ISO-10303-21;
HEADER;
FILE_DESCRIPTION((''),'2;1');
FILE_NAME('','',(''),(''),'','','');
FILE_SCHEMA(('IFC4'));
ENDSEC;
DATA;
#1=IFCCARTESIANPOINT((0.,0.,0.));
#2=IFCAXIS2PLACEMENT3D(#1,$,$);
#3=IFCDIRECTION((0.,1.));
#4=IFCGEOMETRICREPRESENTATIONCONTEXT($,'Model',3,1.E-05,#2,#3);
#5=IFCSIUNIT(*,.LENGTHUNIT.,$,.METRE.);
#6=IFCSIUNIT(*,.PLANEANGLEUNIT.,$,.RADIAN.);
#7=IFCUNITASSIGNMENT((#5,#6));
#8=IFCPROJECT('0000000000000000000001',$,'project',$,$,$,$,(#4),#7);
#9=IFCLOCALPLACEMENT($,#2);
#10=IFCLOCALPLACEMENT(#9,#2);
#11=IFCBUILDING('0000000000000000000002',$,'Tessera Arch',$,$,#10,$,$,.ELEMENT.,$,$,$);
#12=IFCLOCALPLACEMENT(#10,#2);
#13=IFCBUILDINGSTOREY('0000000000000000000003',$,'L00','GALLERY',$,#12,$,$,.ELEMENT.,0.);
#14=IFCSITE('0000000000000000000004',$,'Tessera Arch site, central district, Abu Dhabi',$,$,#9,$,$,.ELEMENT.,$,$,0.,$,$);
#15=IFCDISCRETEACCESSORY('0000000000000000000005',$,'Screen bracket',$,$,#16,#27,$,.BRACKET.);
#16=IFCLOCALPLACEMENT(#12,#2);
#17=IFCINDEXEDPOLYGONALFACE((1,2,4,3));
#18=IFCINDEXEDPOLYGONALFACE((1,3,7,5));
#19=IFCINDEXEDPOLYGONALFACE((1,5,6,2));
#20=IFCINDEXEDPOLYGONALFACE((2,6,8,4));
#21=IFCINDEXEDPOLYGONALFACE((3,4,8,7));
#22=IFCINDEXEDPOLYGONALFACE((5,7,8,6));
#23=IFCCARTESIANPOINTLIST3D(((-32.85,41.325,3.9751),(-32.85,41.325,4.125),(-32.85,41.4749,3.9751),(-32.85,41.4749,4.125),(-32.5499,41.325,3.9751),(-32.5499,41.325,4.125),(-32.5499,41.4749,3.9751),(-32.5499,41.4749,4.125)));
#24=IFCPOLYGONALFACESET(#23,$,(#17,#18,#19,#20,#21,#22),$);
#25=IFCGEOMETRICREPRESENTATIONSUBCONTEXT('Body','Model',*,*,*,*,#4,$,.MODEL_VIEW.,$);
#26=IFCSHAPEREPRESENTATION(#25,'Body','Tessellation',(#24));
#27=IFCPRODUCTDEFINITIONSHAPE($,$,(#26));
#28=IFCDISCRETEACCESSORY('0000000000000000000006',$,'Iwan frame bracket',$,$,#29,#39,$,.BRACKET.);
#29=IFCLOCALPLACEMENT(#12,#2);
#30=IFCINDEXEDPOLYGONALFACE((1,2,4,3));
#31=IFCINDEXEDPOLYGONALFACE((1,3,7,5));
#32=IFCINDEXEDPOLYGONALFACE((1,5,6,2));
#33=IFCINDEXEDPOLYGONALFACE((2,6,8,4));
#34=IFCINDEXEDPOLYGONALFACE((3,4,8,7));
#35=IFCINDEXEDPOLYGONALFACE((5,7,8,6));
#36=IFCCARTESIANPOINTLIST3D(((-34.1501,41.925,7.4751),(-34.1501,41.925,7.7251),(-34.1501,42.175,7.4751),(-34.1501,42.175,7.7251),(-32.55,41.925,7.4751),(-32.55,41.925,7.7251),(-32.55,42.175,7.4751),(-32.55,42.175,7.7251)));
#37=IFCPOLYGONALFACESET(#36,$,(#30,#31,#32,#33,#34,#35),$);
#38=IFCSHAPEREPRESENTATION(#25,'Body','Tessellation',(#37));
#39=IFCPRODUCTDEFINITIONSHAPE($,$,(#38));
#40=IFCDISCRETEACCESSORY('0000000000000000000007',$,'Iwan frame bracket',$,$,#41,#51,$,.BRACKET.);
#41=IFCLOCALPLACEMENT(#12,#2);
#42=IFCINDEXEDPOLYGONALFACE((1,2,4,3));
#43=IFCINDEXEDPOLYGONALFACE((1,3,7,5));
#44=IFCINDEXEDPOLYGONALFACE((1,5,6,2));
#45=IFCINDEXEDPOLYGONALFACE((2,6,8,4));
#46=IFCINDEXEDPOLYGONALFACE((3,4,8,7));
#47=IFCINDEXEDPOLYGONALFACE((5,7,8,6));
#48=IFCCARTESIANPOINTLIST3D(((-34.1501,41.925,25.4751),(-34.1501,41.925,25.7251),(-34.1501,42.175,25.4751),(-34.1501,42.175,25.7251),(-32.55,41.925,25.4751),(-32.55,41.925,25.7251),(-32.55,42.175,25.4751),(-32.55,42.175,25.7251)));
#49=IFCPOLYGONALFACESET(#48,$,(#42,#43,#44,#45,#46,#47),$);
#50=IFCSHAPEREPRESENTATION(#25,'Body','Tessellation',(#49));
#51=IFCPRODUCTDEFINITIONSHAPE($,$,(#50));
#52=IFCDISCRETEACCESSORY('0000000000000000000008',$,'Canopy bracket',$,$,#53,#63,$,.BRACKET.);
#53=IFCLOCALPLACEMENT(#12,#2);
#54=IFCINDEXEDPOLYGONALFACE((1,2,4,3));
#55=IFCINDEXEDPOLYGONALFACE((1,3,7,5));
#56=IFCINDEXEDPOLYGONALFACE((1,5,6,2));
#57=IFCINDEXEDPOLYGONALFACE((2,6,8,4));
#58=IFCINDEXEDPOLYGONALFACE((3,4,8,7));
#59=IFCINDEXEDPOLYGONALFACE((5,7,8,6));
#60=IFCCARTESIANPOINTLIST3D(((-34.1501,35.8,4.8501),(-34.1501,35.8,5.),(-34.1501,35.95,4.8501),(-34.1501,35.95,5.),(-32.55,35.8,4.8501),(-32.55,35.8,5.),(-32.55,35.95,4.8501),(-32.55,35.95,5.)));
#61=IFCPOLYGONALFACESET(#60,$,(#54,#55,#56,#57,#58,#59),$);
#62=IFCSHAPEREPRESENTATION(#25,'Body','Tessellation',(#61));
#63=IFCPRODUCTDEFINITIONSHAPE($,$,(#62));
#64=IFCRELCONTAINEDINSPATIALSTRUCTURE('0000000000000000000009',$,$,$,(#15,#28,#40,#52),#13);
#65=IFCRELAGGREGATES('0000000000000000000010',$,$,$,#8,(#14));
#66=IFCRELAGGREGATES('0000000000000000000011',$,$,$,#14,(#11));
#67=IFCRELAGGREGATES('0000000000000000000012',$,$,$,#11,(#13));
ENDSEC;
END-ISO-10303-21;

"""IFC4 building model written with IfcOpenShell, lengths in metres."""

from ifc_helpers import new_model, si_unit, direction, frame, origin, origin_2d, place, context, subcontext, project, spatial, rectangle, extrude, element, save


model = new_model("IFC4")

# Units and contexts
model_context = context("Model", 3, precision=1e-05, world=origin(), true_north=direction((0.0, 1.0)))
body_context = subcontext(model_context, "Body", "Model", "MODEL_VIEW")
ifc_project = project(units=[si_unit("LENGTHUNIT", "METRE"), si_unit("PLANEANGLEUNIT", "RADIAN")], contexts=[model_context])

# Site, building, storey
site_placement = place(None, origin())
site = spatial("IfcSite", under=ifc_project, at=site_placement, Name="Tessera Arch site, central district, Abu Dhabi", CompositionType="ELEMENT", RefElevation=0.0)
building_placement = place(site_placement, origin())
building = spatial("IfcBuilding", under=site, at=building_placement, Name="Tessera Arch", CompositionType="ELEMENT")
storey_placement = place(building_placement, origin())
storey = spatial("IfcBuildingStorey", under=building, at=storey_placement, Name="L00", Description="GALLERY", CompositionType="ELEMENT", Elevation=0.0)

# Discrete accessories
for number, where, z_axis, x_axis, name in (
    (1, (-32.7, 41.3999, 3.9751), (0.0, 0.0, 1.0), (-1.0, 0.0, 0.0), "Screen bracket"),
):
    element("IfcDiscreteAccessory", number, at=place(storey_placement, frame(where, z_axis=z_axis, x_axis=x_axis)), inside=storey, Name=name, PredefinedType="BRACKET", context=body_context, shape_type="SweptSolid", body=[
        extrude(rectangle(XDim=0.3, YDim=0.1499, at=origin_2d()), origin(), (0.0, 0.0, 1.0), 0.1499),
    ])
for number, where, z_axis, x_axis, name in (
    (2, (-33.3501, 42.05, 7.4751), (0.0, 0.0, 1.0), (-1.0, 0.0, 0.0), "Iwan frame bracket"),
    (3, (-33.3501, 42.05, 25.4751), (0.0, 0.0, 1.0), (-1.0, 0.0, 0.0), "Iwan frame bracket"),
):
    element("IfcDiscreteAccessory", number, at=place(storey_placement, frame(where, z_axis=z_axis, x_axis=x_axis)), inside=storey, Name=name, PredefinedType="BRACKET", context=body_context, shape_type="SweptSolid", body=[
        extrude(rectangle(XDim=1.6001, YDim=0.25, at=origin_2d()), origin(), (0.0, 0.0, 1.0), 0.25),
    ])
discrete_accessory_placement = place(storey_placement, frame((-33.3501, 35.875, 4.8501), z_axis=(0.0, 0.0, 1.0), x_axis=(1.0, 0.0, 0.0)))
element("IfcDiscreteAccessory", 4, at=discrete_accessory_placement, inside=storey, Name="Canopy bracket", PredefinedType="BRACKET", context=body_context, shape_type="SweptSolid", body=[
    extrude(rectangle(XDim=1.6001, YDim=0.1499, at=origin_2d()), origin(), (0.0, 0.0, 1.0), 0.1499),
])

save(model, "model.ifc")
